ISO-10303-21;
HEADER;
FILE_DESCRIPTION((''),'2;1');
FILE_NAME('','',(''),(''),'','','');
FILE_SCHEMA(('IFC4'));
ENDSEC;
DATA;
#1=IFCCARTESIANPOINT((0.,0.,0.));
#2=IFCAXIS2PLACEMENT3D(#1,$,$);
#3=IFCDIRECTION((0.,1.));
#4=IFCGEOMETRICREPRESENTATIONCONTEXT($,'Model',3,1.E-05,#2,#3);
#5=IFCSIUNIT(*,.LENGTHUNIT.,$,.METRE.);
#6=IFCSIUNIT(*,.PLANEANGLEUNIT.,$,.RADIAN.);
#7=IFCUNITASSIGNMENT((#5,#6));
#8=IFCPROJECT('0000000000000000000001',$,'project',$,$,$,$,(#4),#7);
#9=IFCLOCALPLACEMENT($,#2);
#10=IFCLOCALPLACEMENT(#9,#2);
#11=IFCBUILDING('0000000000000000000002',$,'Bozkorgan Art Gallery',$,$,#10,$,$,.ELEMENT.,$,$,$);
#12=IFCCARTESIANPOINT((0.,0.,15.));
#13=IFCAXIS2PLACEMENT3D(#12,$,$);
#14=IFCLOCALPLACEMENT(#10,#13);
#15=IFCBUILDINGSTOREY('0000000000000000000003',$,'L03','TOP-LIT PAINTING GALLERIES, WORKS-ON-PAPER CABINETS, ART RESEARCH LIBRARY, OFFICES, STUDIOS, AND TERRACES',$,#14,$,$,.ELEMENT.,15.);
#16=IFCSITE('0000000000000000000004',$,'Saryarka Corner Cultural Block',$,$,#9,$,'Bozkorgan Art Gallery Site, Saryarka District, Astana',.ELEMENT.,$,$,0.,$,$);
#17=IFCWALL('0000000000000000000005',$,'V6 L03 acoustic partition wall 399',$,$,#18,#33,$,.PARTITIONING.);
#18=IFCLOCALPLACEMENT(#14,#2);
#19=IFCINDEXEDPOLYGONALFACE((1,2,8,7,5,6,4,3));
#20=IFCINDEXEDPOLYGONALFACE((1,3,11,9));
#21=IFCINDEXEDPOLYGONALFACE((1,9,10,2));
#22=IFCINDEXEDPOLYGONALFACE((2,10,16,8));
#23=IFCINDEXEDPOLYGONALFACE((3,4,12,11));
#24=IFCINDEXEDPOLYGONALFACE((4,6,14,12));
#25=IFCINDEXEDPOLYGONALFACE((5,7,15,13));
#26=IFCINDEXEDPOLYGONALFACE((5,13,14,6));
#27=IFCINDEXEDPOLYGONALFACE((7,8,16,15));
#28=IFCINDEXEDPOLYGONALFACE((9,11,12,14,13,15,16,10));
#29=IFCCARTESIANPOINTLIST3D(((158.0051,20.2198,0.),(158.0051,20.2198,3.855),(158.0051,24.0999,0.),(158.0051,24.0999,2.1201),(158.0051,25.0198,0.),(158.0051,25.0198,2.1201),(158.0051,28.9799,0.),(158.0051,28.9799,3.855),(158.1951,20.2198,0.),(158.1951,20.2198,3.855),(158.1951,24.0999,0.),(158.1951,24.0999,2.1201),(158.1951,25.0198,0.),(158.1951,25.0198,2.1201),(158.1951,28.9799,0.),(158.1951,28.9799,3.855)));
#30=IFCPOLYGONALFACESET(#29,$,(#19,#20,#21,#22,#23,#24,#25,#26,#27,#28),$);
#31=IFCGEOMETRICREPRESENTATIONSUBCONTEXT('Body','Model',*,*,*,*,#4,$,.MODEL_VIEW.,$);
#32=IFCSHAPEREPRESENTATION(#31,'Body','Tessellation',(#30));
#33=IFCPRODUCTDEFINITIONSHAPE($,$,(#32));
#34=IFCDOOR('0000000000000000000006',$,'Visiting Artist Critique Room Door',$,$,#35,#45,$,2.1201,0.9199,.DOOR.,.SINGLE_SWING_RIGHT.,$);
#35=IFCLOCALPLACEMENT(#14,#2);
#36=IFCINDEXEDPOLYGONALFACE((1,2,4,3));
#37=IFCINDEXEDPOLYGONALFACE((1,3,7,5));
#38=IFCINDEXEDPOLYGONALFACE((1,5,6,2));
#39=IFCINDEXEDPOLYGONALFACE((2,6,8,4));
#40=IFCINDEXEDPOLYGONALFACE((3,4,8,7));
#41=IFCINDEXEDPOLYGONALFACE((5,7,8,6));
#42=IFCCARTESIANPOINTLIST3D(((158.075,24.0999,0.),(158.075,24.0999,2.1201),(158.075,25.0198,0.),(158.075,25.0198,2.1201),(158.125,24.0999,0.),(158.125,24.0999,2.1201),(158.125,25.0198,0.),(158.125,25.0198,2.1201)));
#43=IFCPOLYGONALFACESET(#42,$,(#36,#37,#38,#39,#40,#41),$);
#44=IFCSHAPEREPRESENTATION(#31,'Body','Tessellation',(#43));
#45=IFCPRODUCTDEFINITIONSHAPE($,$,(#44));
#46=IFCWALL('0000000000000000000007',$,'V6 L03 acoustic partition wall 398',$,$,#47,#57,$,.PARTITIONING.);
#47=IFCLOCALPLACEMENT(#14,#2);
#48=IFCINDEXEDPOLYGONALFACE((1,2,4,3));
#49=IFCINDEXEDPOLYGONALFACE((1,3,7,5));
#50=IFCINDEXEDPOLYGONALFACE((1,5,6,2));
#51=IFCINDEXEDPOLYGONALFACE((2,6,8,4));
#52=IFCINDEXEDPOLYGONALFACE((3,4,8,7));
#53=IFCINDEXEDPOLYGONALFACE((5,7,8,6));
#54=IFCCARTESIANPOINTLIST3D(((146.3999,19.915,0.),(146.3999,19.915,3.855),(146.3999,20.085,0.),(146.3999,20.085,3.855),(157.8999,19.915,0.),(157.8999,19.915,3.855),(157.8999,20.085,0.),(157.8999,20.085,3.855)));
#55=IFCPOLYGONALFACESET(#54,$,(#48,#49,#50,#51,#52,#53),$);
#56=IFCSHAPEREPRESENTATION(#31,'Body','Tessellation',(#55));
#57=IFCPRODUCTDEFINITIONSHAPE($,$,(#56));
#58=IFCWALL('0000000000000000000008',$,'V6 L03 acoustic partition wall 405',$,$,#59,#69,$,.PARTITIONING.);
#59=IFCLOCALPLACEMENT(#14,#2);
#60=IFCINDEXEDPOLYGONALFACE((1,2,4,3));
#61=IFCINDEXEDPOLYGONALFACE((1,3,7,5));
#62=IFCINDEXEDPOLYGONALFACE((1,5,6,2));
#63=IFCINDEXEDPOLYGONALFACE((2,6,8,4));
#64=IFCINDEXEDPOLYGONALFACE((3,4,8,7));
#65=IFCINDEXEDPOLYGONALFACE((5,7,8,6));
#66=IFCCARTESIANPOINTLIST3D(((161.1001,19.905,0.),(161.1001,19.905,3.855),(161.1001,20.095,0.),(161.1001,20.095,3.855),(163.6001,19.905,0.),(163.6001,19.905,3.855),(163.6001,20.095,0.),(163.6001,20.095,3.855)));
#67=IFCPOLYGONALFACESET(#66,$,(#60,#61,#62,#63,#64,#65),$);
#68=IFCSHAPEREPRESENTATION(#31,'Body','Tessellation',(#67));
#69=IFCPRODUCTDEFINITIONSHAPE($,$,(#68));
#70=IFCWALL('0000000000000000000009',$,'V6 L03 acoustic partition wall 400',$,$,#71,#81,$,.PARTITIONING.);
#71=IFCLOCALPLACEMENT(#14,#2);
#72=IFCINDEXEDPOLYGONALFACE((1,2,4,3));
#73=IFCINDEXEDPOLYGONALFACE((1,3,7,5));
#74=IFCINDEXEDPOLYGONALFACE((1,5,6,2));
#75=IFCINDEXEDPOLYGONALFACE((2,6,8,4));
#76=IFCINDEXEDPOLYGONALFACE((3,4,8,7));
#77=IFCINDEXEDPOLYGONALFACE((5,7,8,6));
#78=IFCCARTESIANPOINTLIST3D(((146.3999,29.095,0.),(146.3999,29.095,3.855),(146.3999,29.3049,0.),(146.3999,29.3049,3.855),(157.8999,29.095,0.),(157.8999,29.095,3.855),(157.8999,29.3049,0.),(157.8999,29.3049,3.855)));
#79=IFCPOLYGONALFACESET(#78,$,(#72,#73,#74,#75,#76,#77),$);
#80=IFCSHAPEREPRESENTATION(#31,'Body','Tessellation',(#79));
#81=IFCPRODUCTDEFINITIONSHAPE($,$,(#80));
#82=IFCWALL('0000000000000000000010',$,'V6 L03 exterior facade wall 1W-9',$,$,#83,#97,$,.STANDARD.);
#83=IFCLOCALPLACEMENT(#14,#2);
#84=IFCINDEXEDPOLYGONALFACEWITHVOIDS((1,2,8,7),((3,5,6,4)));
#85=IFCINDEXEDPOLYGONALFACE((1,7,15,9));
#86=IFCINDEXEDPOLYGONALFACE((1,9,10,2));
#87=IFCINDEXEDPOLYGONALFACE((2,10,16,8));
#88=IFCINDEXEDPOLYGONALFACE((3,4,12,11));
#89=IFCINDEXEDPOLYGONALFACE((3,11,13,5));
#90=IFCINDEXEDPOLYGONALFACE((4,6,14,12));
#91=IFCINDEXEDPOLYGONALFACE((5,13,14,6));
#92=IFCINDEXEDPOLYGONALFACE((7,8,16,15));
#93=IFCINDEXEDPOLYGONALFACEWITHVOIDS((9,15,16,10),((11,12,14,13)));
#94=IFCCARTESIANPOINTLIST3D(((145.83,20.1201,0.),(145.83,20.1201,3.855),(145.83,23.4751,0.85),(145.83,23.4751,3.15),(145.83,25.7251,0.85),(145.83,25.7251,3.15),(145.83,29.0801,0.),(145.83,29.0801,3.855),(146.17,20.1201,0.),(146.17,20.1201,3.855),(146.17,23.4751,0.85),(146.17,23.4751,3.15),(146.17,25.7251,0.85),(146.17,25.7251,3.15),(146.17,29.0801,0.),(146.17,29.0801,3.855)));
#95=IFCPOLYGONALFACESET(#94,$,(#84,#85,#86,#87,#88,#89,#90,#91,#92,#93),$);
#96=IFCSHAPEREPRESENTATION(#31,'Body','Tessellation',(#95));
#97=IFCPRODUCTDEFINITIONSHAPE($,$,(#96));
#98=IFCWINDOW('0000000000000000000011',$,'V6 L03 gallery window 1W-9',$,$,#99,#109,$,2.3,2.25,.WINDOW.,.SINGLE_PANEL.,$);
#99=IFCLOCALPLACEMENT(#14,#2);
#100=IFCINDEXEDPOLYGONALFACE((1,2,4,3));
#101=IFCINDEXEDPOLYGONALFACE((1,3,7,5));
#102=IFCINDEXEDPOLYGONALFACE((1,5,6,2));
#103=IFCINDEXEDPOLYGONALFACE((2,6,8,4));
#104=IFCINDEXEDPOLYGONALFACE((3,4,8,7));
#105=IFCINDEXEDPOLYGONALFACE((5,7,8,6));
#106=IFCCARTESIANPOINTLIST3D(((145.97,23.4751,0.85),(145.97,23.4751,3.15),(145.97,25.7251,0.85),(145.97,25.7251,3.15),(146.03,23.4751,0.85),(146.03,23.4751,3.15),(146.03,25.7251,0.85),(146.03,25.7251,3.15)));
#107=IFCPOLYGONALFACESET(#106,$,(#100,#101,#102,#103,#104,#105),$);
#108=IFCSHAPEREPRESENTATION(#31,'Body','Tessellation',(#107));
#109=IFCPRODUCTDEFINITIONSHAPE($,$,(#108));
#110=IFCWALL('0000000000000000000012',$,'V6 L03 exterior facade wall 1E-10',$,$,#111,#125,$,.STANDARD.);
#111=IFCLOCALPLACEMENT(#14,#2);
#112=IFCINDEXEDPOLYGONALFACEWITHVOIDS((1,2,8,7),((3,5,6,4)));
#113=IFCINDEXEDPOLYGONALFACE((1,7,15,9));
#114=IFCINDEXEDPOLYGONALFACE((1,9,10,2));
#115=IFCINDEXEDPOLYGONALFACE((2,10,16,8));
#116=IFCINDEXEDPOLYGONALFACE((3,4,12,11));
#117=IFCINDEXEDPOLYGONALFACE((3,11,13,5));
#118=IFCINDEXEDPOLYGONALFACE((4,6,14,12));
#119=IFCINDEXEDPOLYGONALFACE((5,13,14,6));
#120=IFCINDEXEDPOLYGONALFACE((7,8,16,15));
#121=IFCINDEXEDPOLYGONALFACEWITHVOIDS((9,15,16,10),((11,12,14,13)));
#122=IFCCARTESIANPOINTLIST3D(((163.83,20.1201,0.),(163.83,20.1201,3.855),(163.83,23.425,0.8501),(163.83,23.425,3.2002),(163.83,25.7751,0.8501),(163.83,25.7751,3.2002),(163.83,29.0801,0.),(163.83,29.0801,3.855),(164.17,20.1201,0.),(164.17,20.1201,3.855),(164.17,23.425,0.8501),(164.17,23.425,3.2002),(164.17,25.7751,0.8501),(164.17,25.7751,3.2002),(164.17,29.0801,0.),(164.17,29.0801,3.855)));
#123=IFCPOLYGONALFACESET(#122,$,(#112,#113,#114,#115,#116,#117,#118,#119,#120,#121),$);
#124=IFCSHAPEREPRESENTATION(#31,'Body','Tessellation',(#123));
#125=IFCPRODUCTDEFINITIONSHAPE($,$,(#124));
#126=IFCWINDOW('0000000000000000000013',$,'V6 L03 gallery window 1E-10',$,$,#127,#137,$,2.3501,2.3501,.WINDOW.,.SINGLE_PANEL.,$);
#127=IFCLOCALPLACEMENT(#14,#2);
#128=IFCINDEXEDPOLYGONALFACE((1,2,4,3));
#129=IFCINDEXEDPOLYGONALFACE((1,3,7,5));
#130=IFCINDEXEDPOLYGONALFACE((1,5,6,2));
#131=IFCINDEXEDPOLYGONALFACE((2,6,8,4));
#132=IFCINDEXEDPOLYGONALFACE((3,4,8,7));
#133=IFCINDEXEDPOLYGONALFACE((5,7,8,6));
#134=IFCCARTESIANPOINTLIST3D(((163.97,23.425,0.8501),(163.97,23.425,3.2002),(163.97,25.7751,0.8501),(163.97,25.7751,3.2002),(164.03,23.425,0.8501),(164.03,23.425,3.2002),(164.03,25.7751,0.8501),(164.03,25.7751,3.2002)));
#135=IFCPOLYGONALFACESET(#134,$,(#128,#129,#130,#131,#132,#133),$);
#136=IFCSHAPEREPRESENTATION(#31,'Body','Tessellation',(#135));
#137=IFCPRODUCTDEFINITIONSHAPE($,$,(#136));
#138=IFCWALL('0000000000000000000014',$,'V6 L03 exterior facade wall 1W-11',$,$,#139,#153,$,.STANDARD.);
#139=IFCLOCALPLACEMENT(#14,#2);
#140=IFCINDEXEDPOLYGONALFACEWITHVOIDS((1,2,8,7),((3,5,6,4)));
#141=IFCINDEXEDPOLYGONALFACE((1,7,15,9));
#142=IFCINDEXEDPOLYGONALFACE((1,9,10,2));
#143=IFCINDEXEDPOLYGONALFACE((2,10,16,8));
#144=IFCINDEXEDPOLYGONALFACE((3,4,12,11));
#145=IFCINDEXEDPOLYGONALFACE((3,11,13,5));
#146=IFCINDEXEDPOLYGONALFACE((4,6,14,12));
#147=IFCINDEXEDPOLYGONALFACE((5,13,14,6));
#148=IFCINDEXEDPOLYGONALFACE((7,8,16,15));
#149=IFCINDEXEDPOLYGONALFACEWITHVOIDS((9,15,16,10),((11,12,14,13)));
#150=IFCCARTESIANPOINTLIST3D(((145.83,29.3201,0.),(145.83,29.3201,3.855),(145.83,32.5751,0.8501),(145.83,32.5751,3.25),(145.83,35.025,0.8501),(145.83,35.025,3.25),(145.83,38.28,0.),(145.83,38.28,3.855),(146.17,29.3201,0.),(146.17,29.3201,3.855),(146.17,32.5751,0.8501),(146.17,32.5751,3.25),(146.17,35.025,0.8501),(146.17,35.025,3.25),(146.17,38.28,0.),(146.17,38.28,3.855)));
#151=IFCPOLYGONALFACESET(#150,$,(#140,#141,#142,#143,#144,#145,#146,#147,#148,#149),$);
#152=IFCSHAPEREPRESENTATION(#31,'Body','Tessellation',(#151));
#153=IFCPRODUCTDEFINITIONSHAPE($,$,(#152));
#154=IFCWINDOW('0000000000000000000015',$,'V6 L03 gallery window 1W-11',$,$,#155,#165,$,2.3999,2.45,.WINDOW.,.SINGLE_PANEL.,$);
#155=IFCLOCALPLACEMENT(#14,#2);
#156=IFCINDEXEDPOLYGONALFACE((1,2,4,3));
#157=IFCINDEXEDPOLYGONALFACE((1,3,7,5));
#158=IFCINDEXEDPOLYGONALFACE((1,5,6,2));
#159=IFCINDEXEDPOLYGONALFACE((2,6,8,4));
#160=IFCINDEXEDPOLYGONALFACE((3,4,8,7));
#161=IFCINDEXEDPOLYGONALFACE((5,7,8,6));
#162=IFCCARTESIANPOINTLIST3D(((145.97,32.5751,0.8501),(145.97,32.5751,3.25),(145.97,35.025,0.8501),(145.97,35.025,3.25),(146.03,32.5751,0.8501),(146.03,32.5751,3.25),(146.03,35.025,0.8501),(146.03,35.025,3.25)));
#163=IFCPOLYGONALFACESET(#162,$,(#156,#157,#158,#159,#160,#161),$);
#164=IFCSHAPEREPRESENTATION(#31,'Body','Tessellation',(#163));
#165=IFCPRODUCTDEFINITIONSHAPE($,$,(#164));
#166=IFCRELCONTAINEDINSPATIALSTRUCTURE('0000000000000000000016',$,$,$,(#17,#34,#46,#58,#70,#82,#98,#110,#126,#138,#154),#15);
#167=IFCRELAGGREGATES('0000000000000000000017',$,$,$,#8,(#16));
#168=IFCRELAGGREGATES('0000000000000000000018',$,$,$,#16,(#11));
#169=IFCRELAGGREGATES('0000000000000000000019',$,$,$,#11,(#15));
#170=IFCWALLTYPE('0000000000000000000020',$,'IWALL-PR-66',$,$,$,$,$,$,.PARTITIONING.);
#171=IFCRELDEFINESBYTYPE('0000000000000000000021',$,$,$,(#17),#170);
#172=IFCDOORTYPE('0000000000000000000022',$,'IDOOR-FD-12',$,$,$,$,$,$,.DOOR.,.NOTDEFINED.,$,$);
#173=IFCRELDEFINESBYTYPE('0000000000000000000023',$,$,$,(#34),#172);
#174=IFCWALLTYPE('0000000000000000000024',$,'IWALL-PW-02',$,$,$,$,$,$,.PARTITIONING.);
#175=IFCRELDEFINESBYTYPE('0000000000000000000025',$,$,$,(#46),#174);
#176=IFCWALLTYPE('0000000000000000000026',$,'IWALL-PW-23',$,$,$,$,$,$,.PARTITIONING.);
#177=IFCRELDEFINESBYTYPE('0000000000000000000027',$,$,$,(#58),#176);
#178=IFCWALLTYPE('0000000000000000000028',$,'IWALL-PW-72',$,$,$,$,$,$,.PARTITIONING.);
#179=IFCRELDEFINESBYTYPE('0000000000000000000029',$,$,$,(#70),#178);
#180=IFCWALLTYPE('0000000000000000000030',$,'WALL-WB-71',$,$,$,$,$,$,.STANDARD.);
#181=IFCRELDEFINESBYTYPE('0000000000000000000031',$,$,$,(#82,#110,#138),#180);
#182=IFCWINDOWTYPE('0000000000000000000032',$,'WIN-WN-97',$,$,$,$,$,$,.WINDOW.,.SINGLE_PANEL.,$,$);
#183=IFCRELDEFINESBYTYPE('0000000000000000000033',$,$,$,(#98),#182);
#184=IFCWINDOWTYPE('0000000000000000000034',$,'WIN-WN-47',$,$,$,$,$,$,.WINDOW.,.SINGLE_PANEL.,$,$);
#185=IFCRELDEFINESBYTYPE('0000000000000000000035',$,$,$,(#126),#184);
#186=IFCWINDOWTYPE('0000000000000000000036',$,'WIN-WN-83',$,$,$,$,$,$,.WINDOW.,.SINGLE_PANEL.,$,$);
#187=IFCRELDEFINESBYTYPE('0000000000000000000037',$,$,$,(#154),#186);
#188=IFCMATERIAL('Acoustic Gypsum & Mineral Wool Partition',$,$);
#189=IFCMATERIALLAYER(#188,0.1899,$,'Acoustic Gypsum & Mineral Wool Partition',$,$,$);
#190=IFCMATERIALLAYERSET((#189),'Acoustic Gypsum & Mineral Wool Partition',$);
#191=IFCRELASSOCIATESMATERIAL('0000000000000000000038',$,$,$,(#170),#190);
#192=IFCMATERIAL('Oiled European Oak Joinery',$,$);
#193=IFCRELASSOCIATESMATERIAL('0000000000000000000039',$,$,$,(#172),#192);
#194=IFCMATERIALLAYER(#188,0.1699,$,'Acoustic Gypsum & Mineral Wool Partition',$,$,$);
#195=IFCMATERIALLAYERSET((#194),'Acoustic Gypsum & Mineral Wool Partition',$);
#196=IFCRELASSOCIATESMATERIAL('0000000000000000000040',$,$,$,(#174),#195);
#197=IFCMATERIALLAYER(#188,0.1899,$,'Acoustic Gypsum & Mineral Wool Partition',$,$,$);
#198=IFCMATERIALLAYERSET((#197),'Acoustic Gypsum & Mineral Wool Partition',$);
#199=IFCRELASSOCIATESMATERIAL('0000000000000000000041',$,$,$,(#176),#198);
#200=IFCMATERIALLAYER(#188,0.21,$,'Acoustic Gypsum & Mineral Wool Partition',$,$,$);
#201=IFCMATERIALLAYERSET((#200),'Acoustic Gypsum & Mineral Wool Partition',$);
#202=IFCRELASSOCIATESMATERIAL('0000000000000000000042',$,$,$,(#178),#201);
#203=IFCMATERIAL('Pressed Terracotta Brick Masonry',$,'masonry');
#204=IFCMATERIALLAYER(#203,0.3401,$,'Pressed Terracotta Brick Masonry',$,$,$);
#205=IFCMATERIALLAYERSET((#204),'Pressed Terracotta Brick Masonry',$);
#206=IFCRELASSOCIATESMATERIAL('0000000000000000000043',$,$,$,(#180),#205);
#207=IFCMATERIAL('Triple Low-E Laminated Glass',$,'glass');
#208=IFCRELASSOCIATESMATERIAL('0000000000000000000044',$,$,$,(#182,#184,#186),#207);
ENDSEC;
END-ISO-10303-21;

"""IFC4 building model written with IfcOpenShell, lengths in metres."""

from ifc_helpers import new_model, si_unit, direction, frame, frame_2d, origin, place, context, subcontext, project, spatial, rectangle, extrude, material, layer, layer_set, type_object, element, fill, save


model = new_model("IFC4")

# Units and contexts
model_context = context("Model", 3, precision=1e-05, world=origin(), true_north=direction((0.0, 1.0)))
body_context = subcontext(model_context, "Body", "Model", "MODEL_VIEW")
ifc_project = project(units=[si_unit("LENGTHUNIT", "METRE"), si_unit("PLANEANGLEUNIT", "RADIAN")], contexts=[model_context])

# Site, building, storey
site_placement = place(None, origin())
site = spatial("IfcSite", under=ifc_project, at=site_placement, Name="Saryarka Corner Cultural Block", LongName="Bozkorgan Art Gallery Site, Saryarka District, Astana", CompositionType="ELEMENT", RefElevation=0.0)
building_placement = place(site_placement, origin())
building = spatial("IfcBuilding", under=site, at=building_placement, Name="Bozkorgan Art Gallery", CompositionType="ELEMENT")
storey_placement = place(building_placement, frame((0.0, 0.0, 15.0)))
storey = spatial("IfcBuildingStorey", under=building, at=storey_placement, Name="L03", Description="TOP-LIT PAINTING GALLERIES, WORKS-ON-PAPER CABINETS, ART RESEARCH LIBRARY, OFFICES, STUDIOS, AND TERRACES", CompositionType="ELEMENT", Elevation=15.0)

# Wall, opening, door
ifc_material_1 = material(Name="Acoustic Gypsum & Mineral Wool Partition")
ifc_material_2 = material(Name="Oiled European Oak Joinery")
ifc_layer_1 = layer(ifc_material_1, 0.1899, Name="Acoustic Gypsum & Mineral Wool Partition")
ifc_layer_set_1 = layer_set([ifc_layer_1], Name="Acoustic Gypsum & Mineral Wool Partition")
wall_type_1 = type_object("IfcWallType", Name="IWALL-PR-66", PredefinedType="PARTITIONING", material=ifc_layer_set_1)
wall_1_placement = place(storey_placement, frame((158.1001, 20.22, 0.0), z_axis=(0.0, 0.0, 1.0), x_axis=(0.0, 1.0, 0.0)))
wall_1 = element("IfcWall", 1, at=wall_1_placement, inside=storey, type_object=wall_type_1, Name="V6 L03 acoustic partition wall 399", PredefinedType="PARTITIONING", context=body_context, shape_type="SweptSolid", body=[
    extrude(rectangle(XDim=8.76, YDim=0.1899, at=frame_2d((4.3799, 0.0))), origin(), (0.0, 0.0, 1.0), 3.855),
])
opening_1_placement = place(wall_1_placement, frame((4.7998, 0.0, 0.0), z_axis=(0.0, 0.0, 1.0), x_axis=(-1.0, 0.0, 0.0)))
opening_1 = element("IfcOpeningElement", 2, at=opening_1_placement, cuts=wall_1, PredefinedType="OPENING", context=body_context, shape_type="SweptSolid", body=[
    extrude(rectangle(XDim=0.9199, YDim=2.1201, at=frame_2d((0.46, 1.0601))), frame((0.0, 0.105, 0.0), z_axis=(0.0, -1.0, 0.0), x_axis=(1.0, 0.0, 0.0)), (0.0, 0.0, 1.0), 0.21),
])
door_type_1 = type_object("IfcDoorType", Name="IDOOR-FD-12", OperationType="NOTDEFINED", PredefinedType="DOOR", material=ifc_material_2)
door_1_placement = place(opening_1_placement, origin())
door_1 = element("IfcDoor", 3, at=door_1_placement, inside=storey, type_object=door_type_1, Name="Visiting Artist Critique Room Door", OperationType="SINGLE_SWING_RIGHT", OverallHeight=2.1201, OverallWidth=0.9199, PredefinedType="DOOR", context=body_context, shape_type="SweptSolid", body=[
    extrude(rectangle(XDim=0.9199, YDim=2.1201, at=frame_2d((0.46, 1.0601))), frame((0.0, 0.0249, 0.0), z_axis=(0.0, -1.0, 0.0), x_axis=(1.0, 0.0, 0.0)), (0.0, 0.0, 1.0), 0.05),
])
fill(opening_1, door_1)

# Walls
ifc_layer_2 = layer(ifc_material_1, 0.1699, Name="Acoustic Gypsum & Mineral Wool Partition")
ifc_layer_set_2 = layer_set([ifc_layer_2], Name="Acoustic Gypsum & Mineral Wool Partition")
wall_type_2 = type_object("IfcWallType", Name="IWALL-PW-02", PredefinedType="PARTITIONING", material=ifc_layer_set_2)
wall_2_placement = place(storey_placement, frame((146.3999, 20.0, 0.0), z_axis=(0.0, 0.0, 1.0), x_axis=(1.0, 0.0, 0.0)))
element("IfcWall", 4, at=wall_2_placement, inside=storey, type_object=wall_type_2, Name="V6 L03 acoustic partition wall 398", PredefinedType="PARTITIONING", context=body_context, shape_type="SweptSolid", body=[
    extrude(rectangle(XDim=11.5, YDim=0.1699, at=frame_2d((5.75, 0.0))), origin(), (0.0, 0.0, 1.0), 3.855),
])
ifc_layer_3 = layer(ifc_material_1, 0.1899, Name="Acoustic Gypsum & Mineral Wool Partition")
ifc_layer_set_3 = layer_set([ifc_layer_3], Name="Acoustic Gypsum & Mineral Wool Partition")
wall_type_3 = type_object("IfcWallType", Name="IWALL-PW-23", PredefinedType="PARTITIONING", material=ifc_layer_set_3)
wall_3_placement = place(storey_placement, frame((161.1001, 20.0, 0.0), z_axis=(0.0, 0.0, 1.0), x_axis=(1.0, 0.0, 0.0)))
element("IfcWall", 5, at=wall_3_placement, inside=storey, type_object=wall_type_3, Name="V6 L03 acoustic partition wall 405", PredefinedType="PARTITIONING", context=body_context, shape_type="SweptSolid", body=[
    extrude(rectangle(XDim=2.5, YDim=0.1899, at=frame_2d((1.25, 0.0))), origin(), (0.0, 0.0, 1.0), 3.855),
])
ifc_layer_4 = layer(ifc_material_1, 0.21, Name="Acoustic Gypsum & Mineral Wool Partition")
ifc_layer_set_4 = layer_set([ifc_layer_4], Name="Acoustic Gypsum & Mineral Wool Partition")
wall_type_4 = type_object("IfcWallType", Name="IWALL-PW-72", PredefinedType="PARTITIONING", material=ifc_layer_set_4)
wall_4_placement = place(storey_placement, frame((146.3999, 29.2, 0.0), z_axis=(0.0, 0.0, 1.0), x_axis=(1.0, 0.0, 0.0)))
element("IfcWall", 6, at=wall_4_placement, inside=storey, type_object=wall_type_4, Name="V6 L03 acoustic partition wall 400", PredefinedType="PARTITIONING", context=body_context, shape_type="SweptSolid", body=[
    extrude(rectangle(XDim=11.5, YDim=0.21, at=frame_2d((5.75, 0.0))), origin(), (0.0, 0.0, 1.0), 3.855),
])

# Walls, openings, windows
ifc_material_3 = material(Name="Pressed Terracotta Brick Masonry", Category="masonry")
ifc_layer_5 = layer(ifc_material_3, 0.3401, Name="Pressed Terracotta Brick Masonry")
ifc_layer_set_5 = layer_set([ifc_layer_5], Name="Pressed Terracotta Brick Masonry")
wall_type_5 = type_object("IfcWallType", Name="WALL-WB-71", PredefinedType="STANDARD", material=ifc_layer_set_5)
wall_5_placement = place(storey_placement, frame((146.0, 20.1201, 0.0), z_axis=(0.0, 0.0, 1.0), x_axis=(0.0, 1.0, 0.0)))
wall_5 = element("IfcWall", 7, at=wall_5_placement, inside=storey, type_object=wall_type_5, Name="V6 L03 exterior facade wall 1W-9", PredefinedType="STANDARD", context=body_context, shape_type="SweptSolid", body=[
    extrude(rectangle(XDim=8.96, YDim=0.3401, at=frame_2d((4.48, 0.0))), origin(), (0.0, 0.0, 1.0), 3.855),
])
opening_2_placement = place(wall_5_placement, frame((3.355, 0.0, 0.8501)))
opening_2 = element("IfcOpeningElement", 8, at=opening_2_placement, cuts=wall_5, PredefinedType="OPENING", context=body_context, shape_type="SweptSolid", body=[
    extrude(rectangle(XDim=2.25, YDim=2.3, at=frame_2d((1.125, 1.1499))), frame((0.0, 0.1802, 0.0), z_axis=(0.0, -1.0, 0.0), x_axis=(1.0, 0.0, 0.0)), (0.0, 0.0, 1.0), 0.3601),
])
ifc_material_4 = material(Name="Triple Low-E Laminated Glass", Category="glass")
window_type_1 = type_object("IfcWindowType", Name="WIN-WN-97", PartitioningType="SINGLE_PANEL", PredefinedType="WINDOW", material=ifc_material_4)
window_1_placement = place(opening_2_placement, origin())
window_1 = element("IfcWindow", 9, at=window_1_placement, inside=storey, type_object=window_type_1, Name="V6 L03 gallery window 1W-9", OverallHeight=2.3, OverallWidth=2.25, PartitioningType="SINGLE_PANEL", PredefinedType="WINDOW", context=body_context, shape_type="SweptSolid", body=[
    extrude(rectangle(XDim=2.25, YDim=2.3, at=frame_2d((1.125, 1.1499))), frame((0.0, 0.03, 0.0), z_axis=(0.0, -1.0, 0.0), x_axis=(1.0, 0.0, 0.0)), (0.0, 0.0, 1.0), 0.0601),
])
fill(opening_2, window_1)
wall_6_placement = place(storey_placement, frame((164.0, 20.1201, 0.0), z_axis=(0.0, 0.0, 1.0), x_axis=(0.0, 1.0, 0.0)))
wall_6 = element("IfcWall", 10, at=wall_6_placement, inside=storey, type_object=wall_type_5, Name="V6 L03 exterior facade wall 1E-10", PredefinedType="STANDARD", context=body_context, shape_type="SweptSolid", body=[
    extrude(rectangle(XDim=8.96, YDim=0.3401, at=frame_2d((4.48, 0.0))), origin(), (0.0, 0.0, 1.0), 3.855),
])
opening_3_placement = place(wall_6_placement, frame((5.655, 0.0, 0.8501), z_axis=(0.0, 0.0, 1.0), x_axis=(-1.0, 0.0, 0.0)))
opening_3 = element("IfcOpeningElement", 11, at=opening_3_placement, cuts=wall_6, PredefinedType="OPENING", context=body_context, shape_type="SweptSolid", body=[
    extrude(rectangle(XDim=2.3501, YDim=2.3501, at=frame_2d((1.175, 1.175))), frame((0.0, 0.1802, 0.0), z_axis=(0.0, -1.0, 0.0), x_axis=(1.0, 0.0, 0.0)), (0.0, 0.0, 1.0), 0.3601),
])
window_type_2 = type_object("IfcWindowType", Name="WIN-WN-47", PartitioningType="SINGLE_PANEL", PredefinedType="WINDOW", material=ifc_material_4)
window_2_placement = place(opening_3_placement, origin())
window_2 = element("IfcWindow", 12, at=window_2_placement, inside=storey, type_object=window_type_2, Name="V6 L03 gallery window 1E-10", OverallHeight=2.3501, OverallWidth=2.3501, PartitioningType="SINGLE_PANEL", PredefinedType="WINDOW", context=body_context, shape_type="SweptSolid", body=[
    extrude(rectangle(XDim=2.3501, YDim=2.3501, at=frame_2d((1.175, 1.175))), frame((0.0, 0.03, 0.0), z_axis=(0.0, -1.0, 0.0), x_axis=(1.0, 0.0, 0.0)), (0.0, 0.0, 1.0), 0.0601),
])
fill(opening_3, window_2)
wall_7_placement = place(storey_placement, frame((146.0, 29.3201, 0.0), z_axis=(0.0, 0.0, 1.0), x_axis=(0.0, 1.0, 0.0)))
wall_7 = element("IfcWall", 13, at=wall_7_placement, inside=storey, type_object=wall_type_5, Name="V6 L03 exterior facade wall 1W-11", PredefinedType="STANDARD", context=body_context, shape_type="SweptSolid", body=[
    extrude(rectangle(XDim=8.96, YDim=0.3401, at=frame_2d((4.48, 0.0))), origin(), (0.0, 0.0, 1.0), 3.855),
])
opening_4_placement = place(wall_7_placement, frame((3.2549, 0.0, 0.8501)))
opening_4 = element("IfcOpeningElement", 14, at=opening_4_placement, cuts=wall_7, PredefinedType="OPENING", context=body_context, shape_type="SweptSolid", body=[
    extrude(rectangle(XDim=2.45, YDim=2.3999, at=frame_2d((1.2251, 1.2))), frame((0.0, 0.1802, 0.0), z_axis=(0.0, -1.0, 0.0), x_axis=(1.0, 0.0, 0.0)), (0.0, 0.0, 1.0), 0.3601),
])
window_type_3 = type_object("IfcWindowType", Name="WIN-WN-83", PartitioningType="SINGLE_PANEL", PredefinedType="WINDOW", material=ifc_material_4)
window_3_placement = place(opening_4_placement, origin())
window_3 = element("IfcWindow", 15, at=window_3_placement, inside=storey, type_object=window_type_3, Name="V6 L03 gallery window 1W-11", OverallHeight=2.3999, OverallWidth=2.45, PartitioningType="SINGLE_PANEL", PredefinedType="WINDOW", context=body_context, shape_type="SweptSolid", body=[
    extrude(rectangle(XDim=2.45, YDim=2.3999, at=frame_2d((1.2251, 1.2))), frame((0.0, 0.03, 0.0), z_axis=(0.0, -1.0, 0.0), x_axis=(1.0, 0.0, 0.0)), (0.0, 0.0, 1.0), 0.0601),
])
fill(opening_4, window_3)

save(model, "model.ifc")
